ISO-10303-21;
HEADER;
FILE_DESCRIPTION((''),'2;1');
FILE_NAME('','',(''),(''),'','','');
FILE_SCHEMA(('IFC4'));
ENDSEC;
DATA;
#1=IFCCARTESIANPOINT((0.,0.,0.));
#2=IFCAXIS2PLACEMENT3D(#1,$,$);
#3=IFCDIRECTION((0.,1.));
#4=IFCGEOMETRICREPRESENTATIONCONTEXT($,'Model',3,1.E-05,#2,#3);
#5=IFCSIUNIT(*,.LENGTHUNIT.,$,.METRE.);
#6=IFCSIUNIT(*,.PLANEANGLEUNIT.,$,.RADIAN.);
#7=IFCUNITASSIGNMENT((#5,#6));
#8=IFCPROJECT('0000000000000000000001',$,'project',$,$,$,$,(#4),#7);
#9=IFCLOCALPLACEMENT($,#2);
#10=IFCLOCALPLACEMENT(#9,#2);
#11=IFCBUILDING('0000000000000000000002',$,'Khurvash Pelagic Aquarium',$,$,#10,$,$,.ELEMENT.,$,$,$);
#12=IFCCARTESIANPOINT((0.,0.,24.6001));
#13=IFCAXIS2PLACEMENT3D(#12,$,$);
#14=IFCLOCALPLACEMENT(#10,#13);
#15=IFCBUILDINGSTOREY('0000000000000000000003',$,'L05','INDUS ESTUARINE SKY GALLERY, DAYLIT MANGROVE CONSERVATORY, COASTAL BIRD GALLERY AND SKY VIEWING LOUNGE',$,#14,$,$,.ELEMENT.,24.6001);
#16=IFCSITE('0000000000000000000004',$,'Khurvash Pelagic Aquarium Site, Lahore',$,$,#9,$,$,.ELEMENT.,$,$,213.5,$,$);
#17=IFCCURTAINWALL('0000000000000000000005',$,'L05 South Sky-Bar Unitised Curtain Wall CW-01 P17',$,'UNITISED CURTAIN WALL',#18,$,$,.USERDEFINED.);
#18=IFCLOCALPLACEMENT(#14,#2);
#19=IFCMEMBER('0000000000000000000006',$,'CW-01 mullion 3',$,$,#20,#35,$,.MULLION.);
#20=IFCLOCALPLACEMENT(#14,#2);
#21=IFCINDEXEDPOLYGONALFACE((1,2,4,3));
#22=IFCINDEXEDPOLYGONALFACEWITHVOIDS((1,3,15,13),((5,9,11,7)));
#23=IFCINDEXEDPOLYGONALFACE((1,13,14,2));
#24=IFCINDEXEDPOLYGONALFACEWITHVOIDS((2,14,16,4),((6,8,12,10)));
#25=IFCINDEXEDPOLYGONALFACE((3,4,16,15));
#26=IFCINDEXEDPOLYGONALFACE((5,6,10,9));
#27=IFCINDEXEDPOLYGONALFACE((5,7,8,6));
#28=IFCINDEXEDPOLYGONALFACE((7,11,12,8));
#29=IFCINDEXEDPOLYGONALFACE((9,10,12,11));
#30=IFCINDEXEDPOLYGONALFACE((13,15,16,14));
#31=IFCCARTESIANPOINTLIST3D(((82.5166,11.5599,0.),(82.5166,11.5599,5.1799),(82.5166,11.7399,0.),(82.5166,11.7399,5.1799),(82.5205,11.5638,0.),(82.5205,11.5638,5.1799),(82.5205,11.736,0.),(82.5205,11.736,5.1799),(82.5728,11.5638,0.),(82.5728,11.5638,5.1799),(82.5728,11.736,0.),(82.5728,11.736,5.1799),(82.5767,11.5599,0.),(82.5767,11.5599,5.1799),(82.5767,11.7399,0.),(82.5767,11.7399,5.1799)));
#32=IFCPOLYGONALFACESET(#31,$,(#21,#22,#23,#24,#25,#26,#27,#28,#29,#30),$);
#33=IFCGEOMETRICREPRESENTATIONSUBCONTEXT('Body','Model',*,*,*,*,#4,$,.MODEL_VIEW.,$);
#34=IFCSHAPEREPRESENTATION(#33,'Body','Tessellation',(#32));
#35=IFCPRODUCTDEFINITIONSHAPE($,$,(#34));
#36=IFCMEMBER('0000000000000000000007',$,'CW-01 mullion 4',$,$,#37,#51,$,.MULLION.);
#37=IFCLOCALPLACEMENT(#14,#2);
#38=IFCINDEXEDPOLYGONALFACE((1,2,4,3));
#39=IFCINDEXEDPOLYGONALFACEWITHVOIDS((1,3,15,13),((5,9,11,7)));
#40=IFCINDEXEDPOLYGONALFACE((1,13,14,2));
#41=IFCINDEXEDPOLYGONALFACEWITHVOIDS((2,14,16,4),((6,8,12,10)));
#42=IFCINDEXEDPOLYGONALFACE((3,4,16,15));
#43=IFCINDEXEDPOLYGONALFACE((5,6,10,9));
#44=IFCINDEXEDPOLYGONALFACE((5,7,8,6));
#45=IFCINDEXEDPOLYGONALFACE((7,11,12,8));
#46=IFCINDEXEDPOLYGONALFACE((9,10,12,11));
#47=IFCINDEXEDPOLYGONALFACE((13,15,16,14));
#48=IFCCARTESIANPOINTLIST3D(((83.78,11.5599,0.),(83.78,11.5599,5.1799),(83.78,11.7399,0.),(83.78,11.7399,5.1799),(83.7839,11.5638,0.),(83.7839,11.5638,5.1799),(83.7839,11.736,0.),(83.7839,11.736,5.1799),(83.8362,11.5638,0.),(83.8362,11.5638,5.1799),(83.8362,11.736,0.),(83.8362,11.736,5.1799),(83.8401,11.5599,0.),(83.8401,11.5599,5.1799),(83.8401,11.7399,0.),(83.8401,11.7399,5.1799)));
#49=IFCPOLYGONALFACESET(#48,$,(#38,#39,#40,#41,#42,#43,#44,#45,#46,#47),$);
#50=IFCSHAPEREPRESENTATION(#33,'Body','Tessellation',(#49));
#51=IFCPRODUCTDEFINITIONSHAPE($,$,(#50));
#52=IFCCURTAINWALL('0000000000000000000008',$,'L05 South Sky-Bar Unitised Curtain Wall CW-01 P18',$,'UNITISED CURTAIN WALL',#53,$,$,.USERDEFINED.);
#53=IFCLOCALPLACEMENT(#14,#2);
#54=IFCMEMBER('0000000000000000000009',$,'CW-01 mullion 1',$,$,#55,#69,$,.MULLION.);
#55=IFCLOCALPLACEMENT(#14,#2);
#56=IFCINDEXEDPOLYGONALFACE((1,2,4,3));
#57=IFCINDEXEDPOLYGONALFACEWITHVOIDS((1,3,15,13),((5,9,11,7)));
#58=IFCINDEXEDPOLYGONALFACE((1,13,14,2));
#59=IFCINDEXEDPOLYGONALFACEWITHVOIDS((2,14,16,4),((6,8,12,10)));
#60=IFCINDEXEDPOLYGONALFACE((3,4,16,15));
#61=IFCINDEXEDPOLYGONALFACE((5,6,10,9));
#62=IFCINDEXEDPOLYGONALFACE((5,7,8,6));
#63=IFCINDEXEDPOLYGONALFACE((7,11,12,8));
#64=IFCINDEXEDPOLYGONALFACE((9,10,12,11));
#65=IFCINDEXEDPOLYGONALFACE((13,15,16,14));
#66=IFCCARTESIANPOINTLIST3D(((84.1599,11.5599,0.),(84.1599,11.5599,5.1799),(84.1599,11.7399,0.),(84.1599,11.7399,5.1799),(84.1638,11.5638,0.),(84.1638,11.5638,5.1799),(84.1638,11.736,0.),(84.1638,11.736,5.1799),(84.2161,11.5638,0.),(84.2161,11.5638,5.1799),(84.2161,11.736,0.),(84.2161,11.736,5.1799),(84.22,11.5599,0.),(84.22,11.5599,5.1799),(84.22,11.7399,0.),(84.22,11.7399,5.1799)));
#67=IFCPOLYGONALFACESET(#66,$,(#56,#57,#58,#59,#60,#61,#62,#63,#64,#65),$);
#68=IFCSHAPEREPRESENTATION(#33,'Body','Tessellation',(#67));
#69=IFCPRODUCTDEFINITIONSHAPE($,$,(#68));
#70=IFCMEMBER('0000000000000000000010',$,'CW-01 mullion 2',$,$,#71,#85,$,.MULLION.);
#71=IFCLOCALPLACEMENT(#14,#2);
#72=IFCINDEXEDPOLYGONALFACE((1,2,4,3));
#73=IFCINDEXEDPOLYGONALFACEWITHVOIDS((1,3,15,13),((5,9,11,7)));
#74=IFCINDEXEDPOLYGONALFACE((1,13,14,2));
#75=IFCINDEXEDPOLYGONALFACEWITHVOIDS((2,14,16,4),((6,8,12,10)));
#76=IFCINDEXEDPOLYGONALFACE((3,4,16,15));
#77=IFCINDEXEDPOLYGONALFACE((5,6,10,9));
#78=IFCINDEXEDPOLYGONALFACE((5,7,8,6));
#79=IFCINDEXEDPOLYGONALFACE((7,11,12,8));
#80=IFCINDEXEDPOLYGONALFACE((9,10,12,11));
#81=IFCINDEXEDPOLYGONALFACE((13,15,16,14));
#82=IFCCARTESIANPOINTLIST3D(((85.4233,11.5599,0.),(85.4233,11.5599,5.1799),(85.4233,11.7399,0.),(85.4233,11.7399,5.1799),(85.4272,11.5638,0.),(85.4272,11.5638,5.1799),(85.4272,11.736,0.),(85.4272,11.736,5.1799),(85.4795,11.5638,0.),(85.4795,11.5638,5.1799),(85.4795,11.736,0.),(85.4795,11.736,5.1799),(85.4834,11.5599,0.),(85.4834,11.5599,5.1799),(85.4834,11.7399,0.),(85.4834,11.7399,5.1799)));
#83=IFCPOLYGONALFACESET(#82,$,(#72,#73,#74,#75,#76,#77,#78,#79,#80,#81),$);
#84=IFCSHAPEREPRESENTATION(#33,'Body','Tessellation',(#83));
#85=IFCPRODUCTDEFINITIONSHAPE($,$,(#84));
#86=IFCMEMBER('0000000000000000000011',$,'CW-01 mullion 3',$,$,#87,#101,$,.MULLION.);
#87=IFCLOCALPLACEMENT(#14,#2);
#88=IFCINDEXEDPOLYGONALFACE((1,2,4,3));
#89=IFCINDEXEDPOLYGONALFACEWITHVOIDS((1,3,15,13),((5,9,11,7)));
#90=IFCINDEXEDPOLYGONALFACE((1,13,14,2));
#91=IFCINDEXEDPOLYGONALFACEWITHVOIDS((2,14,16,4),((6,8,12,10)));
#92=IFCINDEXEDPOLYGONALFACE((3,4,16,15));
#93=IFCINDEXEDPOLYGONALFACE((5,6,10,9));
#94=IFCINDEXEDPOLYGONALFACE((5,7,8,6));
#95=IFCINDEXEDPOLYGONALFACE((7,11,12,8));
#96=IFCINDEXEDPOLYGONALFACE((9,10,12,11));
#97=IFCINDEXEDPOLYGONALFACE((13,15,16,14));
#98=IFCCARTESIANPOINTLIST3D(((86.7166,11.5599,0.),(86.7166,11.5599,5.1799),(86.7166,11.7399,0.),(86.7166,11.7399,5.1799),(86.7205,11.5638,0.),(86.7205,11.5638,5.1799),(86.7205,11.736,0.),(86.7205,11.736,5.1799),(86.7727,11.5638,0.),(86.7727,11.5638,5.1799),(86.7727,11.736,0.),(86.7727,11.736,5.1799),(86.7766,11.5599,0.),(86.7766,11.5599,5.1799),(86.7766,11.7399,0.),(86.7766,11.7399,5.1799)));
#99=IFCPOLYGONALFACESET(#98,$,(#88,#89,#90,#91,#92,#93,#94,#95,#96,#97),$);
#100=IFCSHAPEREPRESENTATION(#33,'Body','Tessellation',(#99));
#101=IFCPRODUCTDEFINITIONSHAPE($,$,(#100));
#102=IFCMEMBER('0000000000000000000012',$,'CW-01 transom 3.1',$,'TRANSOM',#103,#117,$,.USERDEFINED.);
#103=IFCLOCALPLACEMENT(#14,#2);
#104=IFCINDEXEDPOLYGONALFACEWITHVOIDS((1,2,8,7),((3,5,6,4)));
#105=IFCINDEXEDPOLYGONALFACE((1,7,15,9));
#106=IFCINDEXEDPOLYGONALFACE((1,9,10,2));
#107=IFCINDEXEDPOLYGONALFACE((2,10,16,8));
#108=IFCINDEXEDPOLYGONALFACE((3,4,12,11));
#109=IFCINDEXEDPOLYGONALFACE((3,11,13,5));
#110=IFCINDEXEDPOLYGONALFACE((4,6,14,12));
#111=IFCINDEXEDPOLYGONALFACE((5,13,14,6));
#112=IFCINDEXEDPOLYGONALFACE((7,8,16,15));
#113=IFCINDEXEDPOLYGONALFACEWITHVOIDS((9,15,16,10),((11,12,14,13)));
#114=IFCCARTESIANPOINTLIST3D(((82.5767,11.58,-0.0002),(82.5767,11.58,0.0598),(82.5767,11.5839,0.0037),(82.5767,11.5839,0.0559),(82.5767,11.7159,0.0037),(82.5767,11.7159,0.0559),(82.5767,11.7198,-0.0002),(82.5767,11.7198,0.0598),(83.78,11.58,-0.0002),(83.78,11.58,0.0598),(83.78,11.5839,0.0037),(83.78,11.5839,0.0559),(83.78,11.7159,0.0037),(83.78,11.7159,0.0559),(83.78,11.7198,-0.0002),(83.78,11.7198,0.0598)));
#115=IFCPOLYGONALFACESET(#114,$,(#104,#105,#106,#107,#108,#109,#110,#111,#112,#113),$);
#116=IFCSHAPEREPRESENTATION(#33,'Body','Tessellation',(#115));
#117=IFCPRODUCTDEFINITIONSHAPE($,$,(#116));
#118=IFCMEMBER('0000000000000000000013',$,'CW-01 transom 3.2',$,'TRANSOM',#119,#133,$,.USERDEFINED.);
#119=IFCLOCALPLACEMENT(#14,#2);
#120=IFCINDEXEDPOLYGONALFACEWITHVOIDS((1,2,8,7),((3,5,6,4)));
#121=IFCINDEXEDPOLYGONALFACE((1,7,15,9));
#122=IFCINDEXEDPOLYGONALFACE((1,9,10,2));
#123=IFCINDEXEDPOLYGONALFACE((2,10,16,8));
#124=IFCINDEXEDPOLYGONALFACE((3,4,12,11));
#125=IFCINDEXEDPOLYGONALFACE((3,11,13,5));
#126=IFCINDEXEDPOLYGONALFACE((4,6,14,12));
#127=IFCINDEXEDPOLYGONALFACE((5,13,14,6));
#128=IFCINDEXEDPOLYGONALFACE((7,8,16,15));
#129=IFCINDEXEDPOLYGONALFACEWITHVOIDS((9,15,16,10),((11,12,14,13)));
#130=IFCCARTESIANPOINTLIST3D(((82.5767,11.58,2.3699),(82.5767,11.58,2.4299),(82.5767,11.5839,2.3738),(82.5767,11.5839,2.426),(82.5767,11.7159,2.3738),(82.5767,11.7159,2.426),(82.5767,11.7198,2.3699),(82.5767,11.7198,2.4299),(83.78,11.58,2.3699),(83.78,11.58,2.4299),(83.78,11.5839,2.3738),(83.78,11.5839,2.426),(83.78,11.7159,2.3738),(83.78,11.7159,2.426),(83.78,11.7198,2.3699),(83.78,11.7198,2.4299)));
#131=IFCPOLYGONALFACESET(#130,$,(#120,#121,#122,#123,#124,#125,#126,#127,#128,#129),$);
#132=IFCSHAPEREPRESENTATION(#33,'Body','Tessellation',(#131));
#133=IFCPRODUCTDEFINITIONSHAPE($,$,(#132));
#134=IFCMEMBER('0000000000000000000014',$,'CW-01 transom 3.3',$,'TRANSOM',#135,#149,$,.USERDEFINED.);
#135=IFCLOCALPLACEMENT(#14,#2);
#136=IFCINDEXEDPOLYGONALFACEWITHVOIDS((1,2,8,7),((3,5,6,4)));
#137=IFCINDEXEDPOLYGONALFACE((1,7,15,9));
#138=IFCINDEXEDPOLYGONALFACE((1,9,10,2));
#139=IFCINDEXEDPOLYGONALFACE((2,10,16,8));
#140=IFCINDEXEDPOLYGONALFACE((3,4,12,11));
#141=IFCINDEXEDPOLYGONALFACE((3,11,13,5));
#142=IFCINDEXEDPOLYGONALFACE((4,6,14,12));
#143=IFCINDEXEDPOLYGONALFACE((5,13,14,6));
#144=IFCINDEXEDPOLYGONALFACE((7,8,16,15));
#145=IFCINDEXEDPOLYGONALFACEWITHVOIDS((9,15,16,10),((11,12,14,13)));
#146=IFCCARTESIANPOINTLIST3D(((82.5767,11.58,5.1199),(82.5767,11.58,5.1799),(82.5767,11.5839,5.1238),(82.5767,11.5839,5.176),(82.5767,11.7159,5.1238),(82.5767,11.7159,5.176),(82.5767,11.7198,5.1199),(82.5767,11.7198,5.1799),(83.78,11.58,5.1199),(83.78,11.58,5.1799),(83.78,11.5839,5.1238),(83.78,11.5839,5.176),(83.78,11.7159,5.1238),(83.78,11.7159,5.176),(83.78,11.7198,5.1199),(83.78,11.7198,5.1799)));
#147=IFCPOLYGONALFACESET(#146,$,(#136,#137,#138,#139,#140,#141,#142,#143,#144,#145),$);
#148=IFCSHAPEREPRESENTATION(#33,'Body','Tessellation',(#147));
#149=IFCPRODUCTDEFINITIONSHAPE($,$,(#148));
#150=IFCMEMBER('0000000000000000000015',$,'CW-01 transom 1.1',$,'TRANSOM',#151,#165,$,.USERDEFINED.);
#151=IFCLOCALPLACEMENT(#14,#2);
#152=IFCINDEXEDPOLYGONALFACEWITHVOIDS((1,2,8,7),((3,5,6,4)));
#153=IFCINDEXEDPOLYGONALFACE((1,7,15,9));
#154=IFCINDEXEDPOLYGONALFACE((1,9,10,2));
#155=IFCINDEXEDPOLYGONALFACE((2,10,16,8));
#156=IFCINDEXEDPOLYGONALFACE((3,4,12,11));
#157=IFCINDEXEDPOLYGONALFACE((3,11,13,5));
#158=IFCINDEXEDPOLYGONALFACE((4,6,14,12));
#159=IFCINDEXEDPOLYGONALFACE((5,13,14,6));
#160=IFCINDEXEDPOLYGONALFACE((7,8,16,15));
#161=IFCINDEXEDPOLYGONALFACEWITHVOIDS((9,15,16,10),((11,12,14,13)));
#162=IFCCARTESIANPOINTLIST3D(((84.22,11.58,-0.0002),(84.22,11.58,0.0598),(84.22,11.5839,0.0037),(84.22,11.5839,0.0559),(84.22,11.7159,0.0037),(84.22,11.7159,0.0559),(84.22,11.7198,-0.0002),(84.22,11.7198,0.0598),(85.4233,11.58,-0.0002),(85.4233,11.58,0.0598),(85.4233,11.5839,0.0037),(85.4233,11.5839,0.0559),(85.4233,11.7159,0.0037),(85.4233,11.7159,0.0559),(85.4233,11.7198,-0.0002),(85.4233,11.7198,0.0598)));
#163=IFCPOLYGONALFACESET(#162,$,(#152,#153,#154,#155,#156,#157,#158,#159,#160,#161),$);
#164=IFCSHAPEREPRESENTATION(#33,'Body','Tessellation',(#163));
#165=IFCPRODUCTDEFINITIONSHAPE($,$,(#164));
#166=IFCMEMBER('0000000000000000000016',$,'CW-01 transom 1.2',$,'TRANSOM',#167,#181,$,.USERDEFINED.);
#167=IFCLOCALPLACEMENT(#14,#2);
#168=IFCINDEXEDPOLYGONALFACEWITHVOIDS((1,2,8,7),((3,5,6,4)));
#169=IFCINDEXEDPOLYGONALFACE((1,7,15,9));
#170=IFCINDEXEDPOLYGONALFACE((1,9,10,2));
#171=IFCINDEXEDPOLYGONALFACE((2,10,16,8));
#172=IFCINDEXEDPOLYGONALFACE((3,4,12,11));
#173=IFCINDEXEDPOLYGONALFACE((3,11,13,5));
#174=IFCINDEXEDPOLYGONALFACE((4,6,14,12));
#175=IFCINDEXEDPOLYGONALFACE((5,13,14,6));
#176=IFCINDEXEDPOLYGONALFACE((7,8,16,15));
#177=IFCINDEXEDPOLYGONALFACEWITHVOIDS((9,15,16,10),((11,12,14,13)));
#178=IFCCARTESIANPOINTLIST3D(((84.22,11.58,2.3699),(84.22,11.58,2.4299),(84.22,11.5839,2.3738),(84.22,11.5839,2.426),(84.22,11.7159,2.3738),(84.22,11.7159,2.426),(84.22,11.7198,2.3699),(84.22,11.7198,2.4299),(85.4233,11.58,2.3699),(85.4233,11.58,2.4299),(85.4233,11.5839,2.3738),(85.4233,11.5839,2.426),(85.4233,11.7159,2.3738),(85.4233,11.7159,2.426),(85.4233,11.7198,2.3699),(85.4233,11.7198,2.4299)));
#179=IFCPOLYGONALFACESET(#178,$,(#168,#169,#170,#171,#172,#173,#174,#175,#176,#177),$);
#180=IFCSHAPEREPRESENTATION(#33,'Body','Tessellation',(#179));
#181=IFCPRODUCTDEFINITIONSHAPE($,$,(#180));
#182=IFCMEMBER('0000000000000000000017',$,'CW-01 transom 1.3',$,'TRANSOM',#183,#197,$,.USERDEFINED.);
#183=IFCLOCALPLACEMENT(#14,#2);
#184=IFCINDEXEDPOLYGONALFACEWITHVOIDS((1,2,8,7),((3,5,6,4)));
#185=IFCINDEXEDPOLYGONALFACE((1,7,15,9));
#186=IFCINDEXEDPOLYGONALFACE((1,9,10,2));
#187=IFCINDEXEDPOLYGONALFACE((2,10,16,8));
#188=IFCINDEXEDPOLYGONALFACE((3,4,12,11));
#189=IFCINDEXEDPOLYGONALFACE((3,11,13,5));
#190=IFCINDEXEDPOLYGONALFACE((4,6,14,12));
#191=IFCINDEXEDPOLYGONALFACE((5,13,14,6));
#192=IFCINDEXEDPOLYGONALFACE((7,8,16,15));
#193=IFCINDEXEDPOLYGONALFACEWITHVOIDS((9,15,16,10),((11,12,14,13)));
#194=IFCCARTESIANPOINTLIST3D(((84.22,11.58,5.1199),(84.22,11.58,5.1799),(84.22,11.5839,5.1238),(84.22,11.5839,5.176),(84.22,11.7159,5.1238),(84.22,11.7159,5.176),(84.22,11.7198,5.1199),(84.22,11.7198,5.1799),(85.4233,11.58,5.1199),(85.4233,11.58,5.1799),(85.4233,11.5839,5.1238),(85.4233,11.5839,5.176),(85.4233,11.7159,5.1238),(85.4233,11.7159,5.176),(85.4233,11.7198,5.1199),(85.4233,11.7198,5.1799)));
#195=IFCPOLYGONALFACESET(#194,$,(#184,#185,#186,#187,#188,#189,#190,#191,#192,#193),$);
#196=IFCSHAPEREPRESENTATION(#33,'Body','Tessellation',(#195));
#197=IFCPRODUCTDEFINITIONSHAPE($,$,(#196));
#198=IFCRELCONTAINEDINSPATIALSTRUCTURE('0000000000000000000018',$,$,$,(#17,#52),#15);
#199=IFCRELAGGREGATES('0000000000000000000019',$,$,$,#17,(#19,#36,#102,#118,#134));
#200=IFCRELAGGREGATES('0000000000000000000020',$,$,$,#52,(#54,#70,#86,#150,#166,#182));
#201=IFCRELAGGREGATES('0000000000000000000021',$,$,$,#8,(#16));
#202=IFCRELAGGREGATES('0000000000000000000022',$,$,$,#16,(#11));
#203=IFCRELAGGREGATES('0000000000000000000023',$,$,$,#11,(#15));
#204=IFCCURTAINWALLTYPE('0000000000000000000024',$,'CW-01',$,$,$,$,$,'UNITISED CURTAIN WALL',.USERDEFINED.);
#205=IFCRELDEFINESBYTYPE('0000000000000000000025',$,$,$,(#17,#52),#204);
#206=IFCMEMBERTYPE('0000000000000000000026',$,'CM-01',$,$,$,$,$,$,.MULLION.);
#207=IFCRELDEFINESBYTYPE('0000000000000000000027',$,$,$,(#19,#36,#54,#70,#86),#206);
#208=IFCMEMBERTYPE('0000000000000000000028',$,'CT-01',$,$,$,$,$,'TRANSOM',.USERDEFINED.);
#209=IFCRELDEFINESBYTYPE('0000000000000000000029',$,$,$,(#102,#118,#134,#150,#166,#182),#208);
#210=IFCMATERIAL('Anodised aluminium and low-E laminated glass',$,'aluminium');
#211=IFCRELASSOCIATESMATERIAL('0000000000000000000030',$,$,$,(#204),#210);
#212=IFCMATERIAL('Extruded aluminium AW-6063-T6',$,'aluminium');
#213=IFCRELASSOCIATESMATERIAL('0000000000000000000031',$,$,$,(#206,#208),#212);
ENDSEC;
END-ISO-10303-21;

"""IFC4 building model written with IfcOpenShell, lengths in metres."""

from ifc_helpers import new_model, si_unit, direction, frame, origin, origin_2d, place, context, subcontext, project, spatial, hollow_rectangle, extrude, material, material_profile, profile_set, type_object, element, aggregate, save


model = new_model("IFC4")

# Units and contexts
model_context = context("Model", 3, precision=1e-05, world=origin(), true_north=direction((0.0, 1.0)))
body_context = subcontext(model_context, "Body", "Model", "MODEL_VIEW")
ifc_project = project(units=[si_unit("LENGTHUNIT", "METRE"), si_unit("PLANEANGLEUNIT", "RADIAN")], contexts=[model_context])

# Site, building, storey
site_placement = place(None, origin())
site = spatial("IfcSite", under=ifc_project, at=site_placement, Name="Khurvash Pelagic Aquarium Site, Lahore", CompositionType="ELEMENT", RefElevation=213.5)
building_placement = place(site_placement, origin())
building = spatial("IfcBuilding", under=site, at=building_placement, Name="Khurvash Pelagic Aquarium", CompositionType="ELEMENT")
storey_placement = place(building_placement, frame((0.0, 0.0, 24.6001)))
storey = spatial("IfcBuildingStorey", under=building, at=storey_placement, Name="L05", Description="INDUS ESTUARINE SKY GALLERY, DAYLIT MANGROVE CONSERVATORY, COASTAL BIRD GALLERY AND SKY VIEWING LOUNGE", CompositionType="ELEMENT", Elevation=24.6001)

# Curtain walls, members
ifc_material_1 = material(Name="Anodised aluminium and low-E laminated glass", Category="aluminium")
curtain_wall_type = type_object("IfcCurtainWallType", Name="CW-01", ElementType="UNITISED CURTAIN WALL", PredefinedType="USERDEFINED", material=ifc_material_1)
curtain_wall_1_placement = place(storey_placement, origin())
curtain_wall_1 = element("IfcCurtainWall", 1, at=curtain_wall_1_placement, inside=storey, type_object=curtain_wall_type, Name="L05 South Sky-Bar Unitised Curtain Wall CW-01 P17", ObjectType="UNITISED CURTAIN WALL", PredefinedType="USERDEFINED")
ifc_material_2 = material(Name="Extruded aluminium AW-6063-T6", Category="aluminium")
ifc_material_profile_1 = material_profile(ifc_material_2, hollow_rectangle(XDim=0.0601, YDim=0.1799, WallThickness=0.0039, at=origin_2d()), Name="CWM60X180X4")
ifc_profile_set_1 = profile_set([ifc_material_profile_1], Name="Extruded aluminium AW-6063-T6")
member_type_1 = type_object("IfcMemberType", Name="CM-01", PredefinedType="MULLION", material=ifc_profile_set_1)
member_1_placement = place(storey_placement, frame((82.5466, 11.6499, 0.0), z_axis=(0.0, 0.0, 1.0), x_axis=(1.0, 0.0, 0.0)))
member_1 = element("IfcMember", 2, at=member_1_placement, type_object=member_type_1, Name="CW-01 mullion 3", PredefinedType="MULLION", context=body_context, shape_type="SweptSolid", body=[
    extrude(hollow_rectangle(XDim=0.0601, YDim=0.1799, WallThickness=0.0039, at=origin_2d()), origin(), (0.0, 0.0, 1.0), 5.1799),
])
member_2_placement = place(storey_placement, frame((83.8101, 11.6499, 0.0), z_axis=(0.0, 0.0, 1.0), x_axis=(1.0, 0.0, 0.0)))
member_2 = element("IfcMember", 3, at=member_2_placement, type_object=member_type_1, Name="CW-01 mullion 4", PredefinedType="MULLION", context=body_context, shape_type="SweptSolid", body=[
    extrude(hollow_rectangle(XDim=0.0601, YDim=0.1799, WallThickness=0.0039, at=origin_2d()), origin(), (0.0, 0.0, 1.0), 5.1799),
])
curtain_wall_2_placement = place(storey_placement, origin())
curtain_wall_2 = element("IfcCurtainWall", 4, at=curtain_wall_2_placement, inside=storey, type_object=curtain_wall_type, Name="L05 South Sky-Bar Unitised Curtain Wall CW-01 P18", ObjectType="UNITISED CURTAIN WALL", PredefinedType="USERDEFINED")
member_3_placement = place(storey_placement, frame((84.1899, 11.6499, 0.0), z_axis=(0.0, 0.0, 1.0), x_axis=(1.0, 0.0, 0.0)))
member_3 = element("IfcMember", 5, at=member_3_placement, type_object=member_type_1, Name="CW-01 mullion 1", PredefinedType="MULLION", context=body_context, shape_type="SweptSolid", body=[
    extrude(hollow_rectangle(XDim=0.0601, YDim=0.1799, WallThickness=0.0039, at=origin_2d()), origin(), (0.0, 0.0, 1.0), 5.1799),
])
member_4_placement = place(storey_placement, frame((85.4534, 11.6499, 0.0), z_axis=(0.0, 0.0, 1.0), x_axis=(1.0, 0.0, 0.0)))
member_4 = element("IfcMember", 6, at=member_4_placement, type_object=member_type_1, Name="CW-01 mullion 2", PredefinedType="MULLION", context=body_context, shape_type="SweptSolid", body=[
    extrude(hollow_rectangle(XDim=0.0601, YDim=0.1799, WallThickness=0.0039, at=origin_2d()), origin(), (0.0, 0.0, 1.0), 5.1799),
])
member_5_placement = place(storey_placement, frame((86.7466, 11.6499, 0.0), z_axis=(0.0, 0.0, 1.0), x_axis=(1.0, 0.0, 0.0)))
member_5 = element("IfcMember", 7, at=member_5_placement, type_object=member_type_1, Name="CW-01 mullion 3", PredefinedType="MULLION", context=body_context, shape_type="SweptSolid", body=[
    extrude(hollow_rectangle(XDim=0.0601, YDim=0.1799, WallThickness=0.0039, at=origin_2d()), origin(), (0.0, 0.0, 1.0), 5.1799),
])

# Members
ifc_material_profile_2 = material_profile(ifc_material_2, hollow_rectangle(XDim=0.1399, YDim=0.0601, WallThickness=0.0039, at=origin_2d()), Name="CWT140X60X4")
ifc_profile_set_2 = profile_set([ifc_material_profile_2], Name="Extruded aluminium AW-6063-T6")
member_type_2 = type_object("IfcMemberType", Name="CT-01", ElementType="TRANSOM", PredefinedType="USERDEFINED", material=ifc_profile_set_2)
member_6_placement = place(storey_placement, frame((82.5767, 11.6499, 0.0298), z_axis=(1.0, 0.0, 0.0), x_axis=(0.0, 1.0, 0.0)))
member_6 = element("IfcMember", 8, at=member_6_placement, type_object=member_type_2, Name="CW-01 transom 3.1", ObjectType="TRANSOM", PredefinedType="USERDEFINED", context=body_context, shape_type="SweptSolid", body=[
    extrude(hollow_rectangle(XDim=0.1399, YDim=0.0601, WallThickness=0.0039, at=origin_2d()), origin(), (0.0, 0.0, 1.0), 1.2034),
])
member_7_placement = place(storey_placement, frame((82.5767, 11.6499, 2.3999), z_axis=(1.0, 0.0, 0.0), x_axis=(0.0, 1.0, 0.0)))
member_7 = element("IfcMember", 9, at=member_7_placement, type_object=member_type_2, Name="CW-01 transom 3.2", ObjectType="TRANSOM", PredefinedType="USERDEFINED", context=body_context, shape_type="SweptSolid", body=[
    extrude(hollow_rectangle(XDim=0.1399, YDim=0.0601, WallThickness=0.0039, at=origin_2d()), origin(), (0.0, 0.0, 1.0), 1.2034),
])
member_8_placement = place(storey_placement, frame((82.5767, 11.6499, 5.1499), z_axis=(1.0, 0.0, 0.0), x_axis=(0.0, 1.0, 0.0)))
member_8 = element("IfcMember", 10, at=member_8_placement, type_object=member_type_2, Name="CW-01 transom 3.3", ObjectType="TRANSOM", PredefinedType="USERDEFINED", context=body_context, shape_type="SweptSolid", body=[
    extrude(hollow_rectangle(XDim=0.1399, YDim=0.0601, WallThickness=0.0039, at=origin_2d()), origin(), (0.0, 0.0, 1.0), 1.2034),
])
member_9_placement = place(storey_placement, frame((84.22, 11.6499, 0.0298), z_axis=(1.0, 0.0, 0.0), x_axis=(0.0, 1.0, 0.0)))
member_9 = element("IfcMember", 11, at=member_9_placement, type_object=member_type_2, Name="CW-01 transom 1.1", ObjectType="TRANSOM", PredefinedType="USERDEFINED", context=body_context, shape_type="SweptSolid", body=[
    extrude(hollow_rectangle(XDim=0.1399, YDim=0.0601, WallThickness=0.0039, at=origin_2d()), origin(), (0.0, 0.0, 1.0), 1.2034),
])
member_10_placement = place(storey_placement, frame((84.22, 11.6499, 2.3999), z_axis=(1.0, 0.0, 0.0), x_axis=(0.0, 1.0, 0.0)))
member_10 = element("IfcMember", 12, at=member_10_placement, type_object=member_type_2, Name="CW-01 transom 1.2", ObjectType="TRANSOM", PredefinedType="USERDEFINED", context=body_context, shape_type="SweptSolid", body=[
    extrude(hollow_rectangle(XDim=0.1399, YDim=0.0601, WallThickness=0.0039, at=origin_2d()), origin(), (0.0, 0.0, 1.0), 1.2034),
])
member_11_placement = place(storey_placement, frame((84.22, 11.6499, 5.1499), z_axis=(1.0, 0.0, 0.0), x_axis=(0.0, 1.0, 0.0)))
member_11 = element("IfcMember", 13, at=member_11_placement, type_object=member_type_2, Name="CW-01 transom 1.3", ObjectType="TRANSOM", PredefinedType="USERDEFINED", context=body_context, shape_type="SweptSolid", body=[
    extrude(hollow_rectangle(XDim=0.1399, YDim=0.0601, WallThickness=0.0039, at=origin_2d()), origin(), (0.0, 0.0, 1.0), 1.2034),
])

aggregate(curtain_wall_1, [member_1, member_2, member_6, member_7, member_8])
aggregate(curtain_wall_2, [member_3, member_4, member_5, member_9, member_10, member_11])

save(model, "model.ifc")
